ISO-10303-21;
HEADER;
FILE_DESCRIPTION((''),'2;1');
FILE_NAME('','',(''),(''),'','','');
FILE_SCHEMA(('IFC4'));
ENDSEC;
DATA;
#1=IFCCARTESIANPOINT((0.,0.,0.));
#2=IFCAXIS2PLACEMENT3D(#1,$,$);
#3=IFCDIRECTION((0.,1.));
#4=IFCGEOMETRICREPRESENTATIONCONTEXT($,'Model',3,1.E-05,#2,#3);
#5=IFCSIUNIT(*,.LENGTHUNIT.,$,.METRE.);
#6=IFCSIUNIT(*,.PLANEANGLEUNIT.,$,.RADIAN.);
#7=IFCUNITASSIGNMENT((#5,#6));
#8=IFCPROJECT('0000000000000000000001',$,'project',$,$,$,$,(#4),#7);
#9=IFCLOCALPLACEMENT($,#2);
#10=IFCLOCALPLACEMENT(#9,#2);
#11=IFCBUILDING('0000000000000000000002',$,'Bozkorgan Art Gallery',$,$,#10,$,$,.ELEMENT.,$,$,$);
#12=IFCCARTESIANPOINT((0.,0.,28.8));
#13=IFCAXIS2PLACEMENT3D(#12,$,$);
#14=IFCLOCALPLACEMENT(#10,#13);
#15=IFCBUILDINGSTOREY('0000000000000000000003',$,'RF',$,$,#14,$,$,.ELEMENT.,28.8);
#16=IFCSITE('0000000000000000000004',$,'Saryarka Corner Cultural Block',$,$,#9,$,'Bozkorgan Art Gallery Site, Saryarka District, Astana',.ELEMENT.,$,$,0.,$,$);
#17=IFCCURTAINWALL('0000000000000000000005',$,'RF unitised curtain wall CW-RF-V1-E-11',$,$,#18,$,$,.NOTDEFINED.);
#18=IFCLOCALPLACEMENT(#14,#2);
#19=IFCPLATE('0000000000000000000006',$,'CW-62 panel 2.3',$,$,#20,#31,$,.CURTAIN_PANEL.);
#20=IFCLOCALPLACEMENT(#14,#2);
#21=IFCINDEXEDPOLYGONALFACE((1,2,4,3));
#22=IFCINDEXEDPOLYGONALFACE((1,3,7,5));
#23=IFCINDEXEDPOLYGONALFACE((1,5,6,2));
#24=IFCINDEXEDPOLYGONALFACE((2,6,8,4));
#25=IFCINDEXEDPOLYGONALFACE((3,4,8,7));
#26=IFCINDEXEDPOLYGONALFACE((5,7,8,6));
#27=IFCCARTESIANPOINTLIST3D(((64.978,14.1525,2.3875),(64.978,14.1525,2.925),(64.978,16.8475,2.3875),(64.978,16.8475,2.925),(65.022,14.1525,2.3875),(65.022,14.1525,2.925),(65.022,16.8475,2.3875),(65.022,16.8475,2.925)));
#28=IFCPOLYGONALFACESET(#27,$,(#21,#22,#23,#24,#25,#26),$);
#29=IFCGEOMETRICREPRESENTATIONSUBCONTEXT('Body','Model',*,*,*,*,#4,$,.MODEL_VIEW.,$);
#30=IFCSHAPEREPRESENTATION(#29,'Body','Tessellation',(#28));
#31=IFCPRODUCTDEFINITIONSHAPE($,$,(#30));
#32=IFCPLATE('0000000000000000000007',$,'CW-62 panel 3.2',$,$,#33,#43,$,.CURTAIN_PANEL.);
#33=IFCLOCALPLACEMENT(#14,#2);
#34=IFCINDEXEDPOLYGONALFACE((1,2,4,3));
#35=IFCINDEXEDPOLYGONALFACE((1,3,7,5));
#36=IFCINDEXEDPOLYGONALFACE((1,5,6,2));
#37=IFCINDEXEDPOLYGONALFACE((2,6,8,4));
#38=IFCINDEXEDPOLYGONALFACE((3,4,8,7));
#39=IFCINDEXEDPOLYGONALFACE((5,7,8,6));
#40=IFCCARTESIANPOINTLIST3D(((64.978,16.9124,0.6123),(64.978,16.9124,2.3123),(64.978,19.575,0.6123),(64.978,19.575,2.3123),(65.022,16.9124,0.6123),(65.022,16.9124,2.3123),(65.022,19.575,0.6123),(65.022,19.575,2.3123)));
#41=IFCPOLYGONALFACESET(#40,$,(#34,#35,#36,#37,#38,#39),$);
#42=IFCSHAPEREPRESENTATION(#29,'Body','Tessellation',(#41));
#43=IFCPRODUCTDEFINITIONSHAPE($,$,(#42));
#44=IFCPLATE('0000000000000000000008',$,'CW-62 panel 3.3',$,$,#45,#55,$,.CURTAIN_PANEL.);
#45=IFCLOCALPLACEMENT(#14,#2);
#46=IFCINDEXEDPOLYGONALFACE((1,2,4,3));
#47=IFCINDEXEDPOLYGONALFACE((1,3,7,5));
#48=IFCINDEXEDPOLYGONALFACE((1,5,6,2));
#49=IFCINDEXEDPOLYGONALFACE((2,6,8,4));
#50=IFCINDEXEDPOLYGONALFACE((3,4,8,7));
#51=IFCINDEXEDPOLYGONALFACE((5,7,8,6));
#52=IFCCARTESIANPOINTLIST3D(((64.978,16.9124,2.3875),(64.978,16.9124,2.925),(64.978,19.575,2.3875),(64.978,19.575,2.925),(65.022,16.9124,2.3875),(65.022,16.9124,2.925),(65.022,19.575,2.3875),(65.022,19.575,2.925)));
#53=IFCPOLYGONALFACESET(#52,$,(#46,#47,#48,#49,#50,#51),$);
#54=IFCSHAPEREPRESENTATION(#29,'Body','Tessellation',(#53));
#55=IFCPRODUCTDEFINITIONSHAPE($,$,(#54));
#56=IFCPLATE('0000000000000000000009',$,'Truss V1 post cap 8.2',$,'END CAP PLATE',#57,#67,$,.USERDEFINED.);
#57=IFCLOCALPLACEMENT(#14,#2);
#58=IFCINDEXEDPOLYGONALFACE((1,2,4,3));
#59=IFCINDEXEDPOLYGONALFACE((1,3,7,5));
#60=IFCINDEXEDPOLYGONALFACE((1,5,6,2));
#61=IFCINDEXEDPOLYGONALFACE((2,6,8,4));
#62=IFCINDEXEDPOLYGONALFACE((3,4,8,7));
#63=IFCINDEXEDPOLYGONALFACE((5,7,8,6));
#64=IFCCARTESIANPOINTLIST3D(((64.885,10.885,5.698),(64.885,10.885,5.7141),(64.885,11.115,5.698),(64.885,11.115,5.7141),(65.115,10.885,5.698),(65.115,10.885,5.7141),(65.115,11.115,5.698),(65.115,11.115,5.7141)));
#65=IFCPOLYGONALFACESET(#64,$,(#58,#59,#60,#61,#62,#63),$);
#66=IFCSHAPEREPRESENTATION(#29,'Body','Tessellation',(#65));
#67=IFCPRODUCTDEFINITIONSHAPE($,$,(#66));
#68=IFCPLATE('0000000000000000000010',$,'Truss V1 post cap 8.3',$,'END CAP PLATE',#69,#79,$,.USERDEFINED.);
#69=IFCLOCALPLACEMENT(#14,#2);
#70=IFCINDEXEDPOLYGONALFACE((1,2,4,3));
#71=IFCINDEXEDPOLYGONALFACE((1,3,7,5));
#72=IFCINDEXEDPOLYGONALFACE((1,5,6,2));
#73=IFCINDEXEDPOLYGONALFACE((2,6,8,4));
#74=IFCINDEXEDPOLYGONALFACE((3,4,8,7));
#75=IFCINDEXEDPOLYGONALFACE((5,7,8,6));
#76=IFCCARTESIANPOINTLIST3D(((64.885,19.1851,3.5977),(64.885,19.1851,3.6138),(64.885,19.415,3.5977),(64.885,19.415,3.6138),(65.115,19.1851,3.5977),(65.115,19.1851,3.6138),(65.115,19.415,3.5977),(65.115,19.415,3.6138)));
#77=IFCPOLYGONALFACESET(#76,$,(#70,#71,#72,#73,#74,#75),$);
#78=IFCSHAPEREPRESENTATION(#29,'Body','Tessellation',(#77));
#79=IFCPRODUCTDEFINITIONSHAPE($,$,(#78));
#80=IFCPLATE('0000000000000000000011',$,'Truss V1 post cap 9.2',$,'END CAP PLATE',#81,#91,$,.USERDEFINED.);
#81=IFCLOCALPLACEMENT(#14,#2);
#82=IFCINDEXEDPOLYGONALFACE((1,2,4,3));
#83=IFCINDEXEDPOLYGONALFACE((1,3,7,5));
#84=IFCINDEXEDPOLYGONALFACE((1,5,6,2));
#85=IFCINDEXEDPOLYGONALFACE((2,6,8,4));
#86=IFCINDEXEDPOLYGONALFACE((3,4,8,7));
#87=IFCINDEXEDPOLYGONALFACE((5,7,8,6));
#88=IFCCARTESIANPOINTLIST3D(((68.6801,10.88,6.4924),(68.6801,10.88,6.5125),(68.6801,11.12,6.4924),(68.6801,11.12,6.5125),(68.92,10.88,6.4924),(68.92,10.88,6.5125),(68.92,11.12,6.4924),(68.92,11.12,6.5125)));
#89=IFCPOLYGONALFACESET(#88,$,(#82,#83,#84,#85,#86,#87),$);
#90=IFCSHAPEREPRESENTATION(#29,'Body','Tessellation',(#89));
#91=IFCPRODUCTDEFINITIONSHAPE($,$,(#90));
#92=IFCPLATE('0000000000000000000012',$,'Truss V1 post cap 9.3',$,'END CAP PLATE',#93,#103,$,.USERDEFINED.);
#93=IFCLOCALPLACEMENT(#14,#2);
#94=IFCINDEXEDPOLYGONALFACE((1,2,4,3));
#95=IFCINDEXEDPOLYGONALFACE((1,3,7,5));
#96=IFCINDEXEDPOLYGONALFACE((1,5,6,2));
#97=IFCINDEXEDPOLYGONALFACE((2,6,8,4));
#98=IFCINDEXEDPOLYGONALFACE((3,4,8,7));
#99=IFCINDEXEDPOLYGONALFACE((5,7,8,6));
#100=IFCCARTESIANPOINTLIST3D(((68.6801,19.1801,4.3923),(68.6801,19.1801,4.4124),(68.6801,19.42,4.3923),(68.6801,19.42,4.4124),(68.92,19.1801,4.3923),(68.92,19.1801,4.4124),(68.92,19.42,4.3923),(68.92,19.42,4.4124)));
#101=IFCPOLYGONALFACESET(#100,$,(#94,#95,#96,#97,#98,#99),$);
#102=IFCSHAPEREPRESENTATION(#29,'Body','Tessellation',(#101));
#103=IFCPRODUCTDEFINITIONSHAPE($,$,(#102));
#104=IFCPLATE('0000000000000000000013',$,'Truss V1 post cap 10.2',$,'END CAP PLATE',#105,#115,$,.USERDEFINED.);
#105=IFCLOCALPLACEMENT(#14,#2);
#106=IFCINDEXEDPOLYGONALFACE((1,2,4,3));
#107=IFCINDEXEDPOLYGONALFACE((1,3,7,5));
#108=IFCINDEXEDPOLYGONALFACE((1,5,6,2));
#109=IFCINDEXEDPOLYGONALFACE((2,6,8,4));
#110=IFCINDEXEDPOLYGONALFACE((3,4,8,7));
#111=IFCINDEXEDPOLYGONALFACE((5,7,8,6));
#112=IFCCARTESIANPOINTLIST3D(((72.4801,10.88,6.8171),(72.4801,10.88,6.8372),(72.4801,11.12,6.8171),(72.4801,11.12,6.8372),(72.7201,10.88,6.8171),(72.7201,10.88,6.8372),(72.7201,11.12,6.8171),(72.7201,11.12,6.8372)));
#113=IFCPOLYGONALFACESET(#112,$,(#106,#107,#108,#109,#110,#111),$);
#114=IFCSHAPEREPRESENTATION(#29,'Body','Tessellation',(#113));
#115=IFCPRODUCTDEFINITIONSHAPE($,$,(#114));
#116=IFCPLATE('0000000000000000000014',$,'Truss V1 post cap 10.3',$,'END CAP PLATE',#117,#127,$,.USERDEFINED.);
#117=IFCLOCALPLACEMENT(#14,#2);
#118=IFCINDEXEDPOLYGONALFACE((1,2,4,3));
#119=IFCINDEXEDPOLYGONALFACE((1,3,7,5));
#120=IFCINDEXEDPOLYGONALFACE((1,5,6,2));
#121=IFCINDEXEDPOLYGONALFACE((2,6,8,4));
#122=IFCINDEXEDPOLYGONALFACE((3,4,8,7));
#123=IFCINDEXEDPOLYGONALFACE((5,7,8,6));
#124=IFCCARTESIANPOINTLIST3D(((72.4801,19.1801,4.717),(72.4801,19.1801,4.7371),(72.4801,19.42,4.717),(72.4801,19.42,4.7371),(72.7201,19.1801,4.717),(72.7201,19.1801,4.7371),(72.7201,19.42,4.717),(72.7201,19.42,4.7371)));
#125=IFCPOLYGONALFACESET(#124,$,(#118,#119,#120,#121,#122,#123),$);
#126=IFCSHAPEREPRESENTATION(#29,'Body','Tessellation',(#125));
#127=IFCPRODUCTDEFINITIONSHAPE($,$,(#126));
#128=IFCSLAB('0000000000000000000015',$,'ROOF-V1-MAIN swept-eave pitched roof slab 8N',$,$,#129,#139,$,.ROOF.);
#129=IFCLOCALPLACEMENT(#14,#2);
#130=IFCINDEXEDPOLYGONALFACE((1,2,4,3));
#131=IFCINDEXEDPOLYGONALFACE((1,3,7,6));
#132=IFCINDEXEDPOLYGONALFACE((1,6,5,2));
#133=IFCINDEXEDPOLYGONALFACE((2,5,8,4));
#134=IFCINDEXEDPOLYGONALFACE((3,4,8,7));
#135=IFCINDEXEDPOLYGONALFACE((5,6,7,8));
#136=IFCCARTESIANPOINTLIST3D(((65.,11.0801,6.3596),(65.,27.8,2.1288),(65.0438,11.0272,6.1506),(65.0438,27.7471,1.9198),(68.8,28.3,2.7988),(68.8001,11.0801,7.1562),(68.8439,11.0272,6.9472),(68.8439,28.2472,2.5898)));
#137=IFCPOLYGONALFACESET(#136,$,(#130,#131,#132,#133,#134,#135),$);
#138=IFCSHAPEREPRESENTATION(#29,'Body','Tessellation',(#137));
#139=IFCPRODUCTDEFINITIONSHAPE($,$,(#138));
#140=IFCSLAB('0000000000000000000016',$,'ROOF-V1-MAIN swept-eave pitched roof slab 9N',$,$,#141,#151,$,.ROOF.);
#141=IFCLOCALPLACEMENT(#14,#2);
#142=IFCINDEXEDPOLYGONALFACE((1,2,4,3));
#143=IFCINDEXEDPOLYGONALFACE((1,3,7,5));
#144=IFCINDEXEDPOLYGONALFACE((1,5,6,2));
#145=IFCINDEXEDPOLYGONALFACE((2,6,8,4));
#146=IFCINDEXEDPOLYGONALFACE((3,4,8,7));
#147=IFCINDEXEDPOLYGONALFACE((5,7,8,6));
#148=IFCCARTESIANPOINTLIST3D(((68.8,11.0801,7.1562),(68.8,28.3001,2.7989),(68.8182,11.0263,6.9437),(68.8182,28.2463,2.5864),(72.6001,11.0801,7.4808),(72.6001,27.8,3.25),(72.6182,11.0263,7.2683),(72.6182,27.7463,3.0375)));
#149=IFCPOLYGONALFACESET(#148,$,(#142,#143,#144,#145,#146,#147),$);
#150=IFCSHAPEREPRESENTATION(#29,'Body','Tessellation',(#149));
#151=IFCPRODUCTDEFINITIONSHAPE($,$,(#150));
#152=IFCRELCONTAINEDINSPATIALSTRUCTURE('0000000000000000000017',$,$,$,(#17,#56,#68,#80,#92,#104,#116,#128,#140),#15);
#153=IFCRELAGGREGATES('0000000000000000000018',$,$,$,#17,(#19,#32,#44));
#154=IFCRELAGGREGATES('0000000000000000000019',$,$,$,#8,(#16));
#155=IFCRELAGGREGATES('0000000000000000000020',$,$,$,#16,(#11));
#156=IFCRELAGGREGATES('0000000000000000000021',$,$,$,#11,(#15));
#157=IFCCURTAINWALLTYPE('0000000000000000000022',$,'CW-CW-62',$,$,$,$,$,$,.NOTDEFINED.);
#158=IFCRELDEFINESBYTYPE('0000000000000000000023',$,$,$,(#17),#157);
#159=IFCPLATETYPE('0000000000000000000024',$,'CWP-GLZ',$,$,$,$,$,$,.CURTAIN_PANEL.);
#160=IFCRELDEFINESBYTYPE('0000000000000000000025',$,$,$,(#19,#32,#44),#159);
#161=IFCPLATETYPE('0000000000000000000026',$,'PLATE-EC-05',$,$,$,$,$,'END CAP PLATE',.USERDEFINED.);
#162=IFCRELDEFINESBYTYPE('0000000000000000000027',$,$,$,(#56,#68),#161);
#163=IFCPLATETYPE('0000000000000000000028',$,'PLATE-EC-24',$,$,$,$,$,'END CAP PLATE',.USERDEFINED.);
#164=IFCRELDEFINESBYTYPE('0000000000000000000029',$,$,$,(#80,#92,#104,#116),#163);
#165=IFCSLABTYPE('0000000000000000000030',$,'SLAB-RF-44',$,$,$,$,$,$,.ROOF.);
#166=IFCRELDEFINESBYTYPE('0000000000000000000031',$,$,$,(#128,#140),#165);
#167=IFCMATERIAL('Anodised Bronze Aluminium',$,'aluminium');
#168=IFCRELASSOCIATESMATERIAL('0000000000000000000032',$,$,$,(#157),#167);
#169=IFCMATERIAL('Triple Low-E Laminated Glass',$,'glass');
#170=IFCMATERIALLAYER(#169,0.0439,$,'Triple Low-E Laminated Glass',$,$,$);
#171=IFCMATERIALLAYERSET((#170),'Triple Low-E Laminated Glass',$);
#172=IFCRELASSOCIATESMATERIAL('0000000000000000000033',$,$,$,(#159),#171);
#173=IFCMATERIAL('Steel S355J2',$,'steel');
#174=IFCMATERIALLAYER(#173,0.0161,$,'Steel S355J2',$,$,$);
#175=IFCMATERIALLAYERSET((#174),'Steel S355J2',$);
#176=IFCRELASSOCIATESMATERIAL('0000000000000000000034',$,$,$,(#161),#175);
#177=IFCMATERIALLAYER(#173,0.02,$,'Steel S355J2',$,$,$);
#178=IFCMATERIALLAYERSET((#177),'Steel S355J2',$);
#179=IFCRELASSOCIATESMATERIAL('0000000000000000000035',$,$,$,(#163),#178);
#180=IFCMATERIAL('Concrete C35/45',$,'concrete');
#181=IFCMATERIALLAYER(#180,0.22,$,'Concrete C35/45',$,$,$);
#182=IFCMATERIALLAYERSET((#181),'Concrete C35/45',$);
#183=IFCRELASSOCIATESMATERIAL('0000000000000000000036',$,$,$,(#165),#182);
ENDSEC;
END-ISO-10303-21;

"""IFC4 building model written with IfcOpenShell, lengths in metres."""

from ifc_helpers import new_model, si_unit, direction, frame, origin, origin_2d, place, context, subcontext, project, spatial, polyline, rectangle, outline, extrude, material, layer, layer_set, type_object, element, aggregate, save


model = new_model("IFC4")

# Units and contexts
model_context = context("Model", 3, precision=1e-05, world=origin(), true_north=direction((0.0, 1.0)))
body_context = subcontext(model_context, "Body", "Model", "MODEL_VIEW")
ifc_project = project(units=[si_unit("LENGTHUNIT", "METRE"), si_unit("PLANEANGLEUNIT", "RADIAN")], contexts=[model_context])

# Site, building, storey
site_placement = place(None, origin())
site = spatial("IfcSite", under=ifc_project, at=site_placement, Name="Saryarka Corner Cultural Block", LongName="Bozkorgan Art Gallery Site, Saryarka District, Astana", CompositionType="ELEMENT", RefElevation=0.0)
building_placement = place(site_placement, origin())
building = spatial("IfcBuilding", under=site, at=building_placement, Name="Bozkorgan Art Gallery", CompositionType="ELEMENT")
storey_placement = place(building_placement, frame((0.0, 0.0, 28.8)))
storey = spatial("IfcBuildingStorey", under=building, at=storey_placement, Name="RF", CompositionType="ELEMENT", Elevation=28.8)

# Curtain wall
ifc_material_1 = material(Name="Anodised Bronze Aluminium", Category="aluminium")
curtain_wall_type = type_object("IfcCurtainWallType", Name="CW-CW-62", PredefinedType="NOTDEFINED", material=ifc_material_1)
curtain_wall_placement = place(storey_placement, origin())
curtain_wall = element("IfcCurtainWall", 1, at=curtain_wall_placement, inside=storey, type_object=curtain_wall_type, Name="RF unitised curtain wall CW-RF-V1-E-11", PredefinedType="NOTDEFINED")

# Shared definitions
ifc_material_2 = material(Name="Steel S355J2", Category="steel")

# Plates
ifc_material_3 = material(Name="Triple Low-E Laminated Glass", Category="glass")
ifc_layer_1 = layer(ifc_material_3, 0.0439, Name="Triple Low-E Laminated Glass")
ifc_layer_set_1 = layer_set([ifc_layer_1], Name="Triple Low-E Laminated Glass")
plate_type_1 = type_object("IfcPlateType", Name="CWP-GLZ", PredefinedType="CURTAIN_PANEL", material=ifc_layer_set_1)
plate_1_placement = place(storey_placement, frame((65.0, 15.5, 2.3875), z_axis=(0.0, 0.0, 1.0), x_axis=(0.0, 1.0, 0.0)))
plate_1 = element("IfcPlate", 2, at=plate_1_placement, type_object=plate_type_1, Name="CW-62 panel 2.3", PredefinedType="CURTAIN_PANEL", context=body_context, shape_type="SweptSolid", body=[
    extrude(rectangle(XDim=2.6951, YDim=0.0439, at=origin_2d()), origin(), (0.0, 0.0, 1.0), 0.5376),
])
plate_2_placement = place(storey_placement, frame((65.0, 18.2437, 0.6123), z_axis=(0.0, 0.0, 1.0), x_axis=(0.0, 1.0, 0.0)))
plate_2 = element("IfcPlate", 3, at=plate_2_placement, type_object=plate_type_1, Name="CW-62 panel 3.2", PredefinedType="CURTAIN_PANEL", context=body_context, shape_type="SweptSolid", body=[
    extrude(rectangle(XDim=2.6626, YDim=0.0439, at=origin_2d()), origin(), (0.0, 0.0, 1.0), 1.7),
])
plate_3_placement = place(storey_placement, frame((65.0, 18.2437, 2.3875), z_axis=(0.0, 0.0, 1.0), x_axis=(0.0, 1.0, 0.0)))
plate_3 = element("IfcPlate", 4, at=plate_3_placement, type_object=plate_type_1, Name="CW-62 panel 3.3", PredefinedType="CURTAIN_PANEL", context=body_context, shape_type="SweptSolid", body=[
    extrude(rectangle(XDim=2.6626, YDim=0.0439, at=origin_2d()), origin(), (0.0, 0.0, 1.0), 0.5376),
])
aggregate(curtain_wall, [plate_1, plate_2, plate_3])

# Plates
ifc_layer_2 = layer(ifc_material_2, 0.0161, Name="Steel S355J2")
ifc_layer_set_2 = layer_set([ifc_layer_2], Name="Steel S355J2")
plate_type_2 = type_object("IfcPlateType", Name="PLATE-EC-05", ElementType="END CAP PLATE", PredefinedType="USERDEFINED", material=ifc_layer_set_2)
for number, where, z_axis, x_axis, name in (
    (5, (65.0, 11.0, 5.698), (0.0, 0.0, 1.0), (1.0, 0.0, 0.0), "Truss V1 post cap 8.2"),
    (6, (65.0, 19.3, 3.5977), (0.0, 0.0, 1.0), (1.0, 0.0, 0.0), "Truss V1 post cap 8.3"),
):
    element("IfcPlate", number, at=place(storey_placement, frame(where, z_axis=z_axis, x_axis=x_axis)), inside=storey, type_object=plate_type_2, Name=name, ObjectType="END CAP PLATE", PredefinedType="USERDEFINED", context=body_context, shape_type="SweptSolid", body=[
        extrude(rectangle(XDim=0.23, YDim=0.23, at=origin_2d()), origin(), (0.0, 0.0, 1.0), 0.0161),
    ])
ifc_layer_3 = layer(ifc_material_2, 0.02, Name="Steel S355J2")
ifc_layer_set_3 = layer_set([ifc_layer_3], Name="Steel S355J2")
plate_type_3 = type_object("IfcPlateType", Name="PLATE-EC-24", ElementType="END CAP PLATE", PredefinedType="USERDEFINED", material=ifc_layer_set_3)
for number, where, z_axis, x_axis, name in (
    (7, (68.8, 11.0, 6.4924), (0.0, 0.0, 1.0), (1.0, 0.0, 0.0), "Truss V1 post cap 9.2"),
    (8, (68.8, 19.3, 4.3923), (0.0, 0.0, 1.0), (1.0, 0.0, 0.0), "Truss V1 post cap 9.3"),
    (9, (72.6001, 11.0, 6.8171), (0.0, 0.0, 1.0), (1.0, 0.0, 0.0), "Truss V1 post cap 10.2"),
    (10, (72.6001, 19.3, 4.717), (0.0, 0.0, 1.0), (1.0, 0.0, 0.0), "Truss V1 post cap 10.3"),
):
    element("IfcPlate", number, at=place(storey_placement, frame(where, z_axis=z_axis, x_axis=x_axis)), inside=storey, type_object=plate_type_3, Name=name, ObjectType="END CAP PLATE", PredefinedType="USERDEFINED", context=body_context, shape_type="SweptSolid", body=[
        extrude(rectangle(XDim=0.24, YDim=0.24, at=origin_2d()), origin(), (0.0, 0.0, 1.0), 0.02),
    ])

# Slabs
ifc_material_4 = material(Name="Concrete C35/45", Category="concrete")
ifc_layer_4 = layer(ifc_material_4, 0.22, Name="Concrete C35/45")
ifc_layer_set_4 = layer_set([ifc_layer_4], Name="Concrete C35/45")
slab_type = type_object("IfcSlabType", Name="SLAB-RF-44", PredefinedType="ROOF", material=ifc_layer_set_4)
slab_1_placement = place(storey_placement, frame((65.0, 11.0801, 6.3596), z_axis=(-0.199138, 0.240395, 0.950029), x_axis=(0.97873, -0.000006, 0.205155)))
element("IfcSlab", 11, at=slab_1_placement, inside=storey, type_object=slab_type, Name="ROOF-V1-MAIN swept-eave pitched roof slab 8N", PredefinedType="ROOF", context=body_context, shape_type="SweptSolid", body=[
    extrude(outline(polyline([(0.0, 0.0), (3.8827, 0.0), (2.9886, 17.7402), (-0.868, 17.2251), (0.0, 0.0)])), origin(), (0.0, 0.0, -1.0), 0.22),
])
slab_2_placement = place(storey_placement, frame((68.8, 11.0801, 7.1562), z_axis=(-0.082517, 0.244471, 0.966139), x_axis=(0.996373, 0.000006, 0.085098)))
element("IfcSlab", 12, at=slab_2_placement, inside=storey, type_object=slab_type, Name="ROOF-V1-MAIN swept-eave pitched roof slab 9N", PredefinedType="ROOF", context=body_context, shape_type="SweptSolid", body=[
    extrude(outline(polyline([(0.0, 0.0), (3.8139, 0.0), (3.454, 17.2432), (-0.3707, 17.7589), (0.0, 0.0)])), origin(), (0.0, 0.0, -1.0), 0.22),
])

save(model, "model.ifc")
